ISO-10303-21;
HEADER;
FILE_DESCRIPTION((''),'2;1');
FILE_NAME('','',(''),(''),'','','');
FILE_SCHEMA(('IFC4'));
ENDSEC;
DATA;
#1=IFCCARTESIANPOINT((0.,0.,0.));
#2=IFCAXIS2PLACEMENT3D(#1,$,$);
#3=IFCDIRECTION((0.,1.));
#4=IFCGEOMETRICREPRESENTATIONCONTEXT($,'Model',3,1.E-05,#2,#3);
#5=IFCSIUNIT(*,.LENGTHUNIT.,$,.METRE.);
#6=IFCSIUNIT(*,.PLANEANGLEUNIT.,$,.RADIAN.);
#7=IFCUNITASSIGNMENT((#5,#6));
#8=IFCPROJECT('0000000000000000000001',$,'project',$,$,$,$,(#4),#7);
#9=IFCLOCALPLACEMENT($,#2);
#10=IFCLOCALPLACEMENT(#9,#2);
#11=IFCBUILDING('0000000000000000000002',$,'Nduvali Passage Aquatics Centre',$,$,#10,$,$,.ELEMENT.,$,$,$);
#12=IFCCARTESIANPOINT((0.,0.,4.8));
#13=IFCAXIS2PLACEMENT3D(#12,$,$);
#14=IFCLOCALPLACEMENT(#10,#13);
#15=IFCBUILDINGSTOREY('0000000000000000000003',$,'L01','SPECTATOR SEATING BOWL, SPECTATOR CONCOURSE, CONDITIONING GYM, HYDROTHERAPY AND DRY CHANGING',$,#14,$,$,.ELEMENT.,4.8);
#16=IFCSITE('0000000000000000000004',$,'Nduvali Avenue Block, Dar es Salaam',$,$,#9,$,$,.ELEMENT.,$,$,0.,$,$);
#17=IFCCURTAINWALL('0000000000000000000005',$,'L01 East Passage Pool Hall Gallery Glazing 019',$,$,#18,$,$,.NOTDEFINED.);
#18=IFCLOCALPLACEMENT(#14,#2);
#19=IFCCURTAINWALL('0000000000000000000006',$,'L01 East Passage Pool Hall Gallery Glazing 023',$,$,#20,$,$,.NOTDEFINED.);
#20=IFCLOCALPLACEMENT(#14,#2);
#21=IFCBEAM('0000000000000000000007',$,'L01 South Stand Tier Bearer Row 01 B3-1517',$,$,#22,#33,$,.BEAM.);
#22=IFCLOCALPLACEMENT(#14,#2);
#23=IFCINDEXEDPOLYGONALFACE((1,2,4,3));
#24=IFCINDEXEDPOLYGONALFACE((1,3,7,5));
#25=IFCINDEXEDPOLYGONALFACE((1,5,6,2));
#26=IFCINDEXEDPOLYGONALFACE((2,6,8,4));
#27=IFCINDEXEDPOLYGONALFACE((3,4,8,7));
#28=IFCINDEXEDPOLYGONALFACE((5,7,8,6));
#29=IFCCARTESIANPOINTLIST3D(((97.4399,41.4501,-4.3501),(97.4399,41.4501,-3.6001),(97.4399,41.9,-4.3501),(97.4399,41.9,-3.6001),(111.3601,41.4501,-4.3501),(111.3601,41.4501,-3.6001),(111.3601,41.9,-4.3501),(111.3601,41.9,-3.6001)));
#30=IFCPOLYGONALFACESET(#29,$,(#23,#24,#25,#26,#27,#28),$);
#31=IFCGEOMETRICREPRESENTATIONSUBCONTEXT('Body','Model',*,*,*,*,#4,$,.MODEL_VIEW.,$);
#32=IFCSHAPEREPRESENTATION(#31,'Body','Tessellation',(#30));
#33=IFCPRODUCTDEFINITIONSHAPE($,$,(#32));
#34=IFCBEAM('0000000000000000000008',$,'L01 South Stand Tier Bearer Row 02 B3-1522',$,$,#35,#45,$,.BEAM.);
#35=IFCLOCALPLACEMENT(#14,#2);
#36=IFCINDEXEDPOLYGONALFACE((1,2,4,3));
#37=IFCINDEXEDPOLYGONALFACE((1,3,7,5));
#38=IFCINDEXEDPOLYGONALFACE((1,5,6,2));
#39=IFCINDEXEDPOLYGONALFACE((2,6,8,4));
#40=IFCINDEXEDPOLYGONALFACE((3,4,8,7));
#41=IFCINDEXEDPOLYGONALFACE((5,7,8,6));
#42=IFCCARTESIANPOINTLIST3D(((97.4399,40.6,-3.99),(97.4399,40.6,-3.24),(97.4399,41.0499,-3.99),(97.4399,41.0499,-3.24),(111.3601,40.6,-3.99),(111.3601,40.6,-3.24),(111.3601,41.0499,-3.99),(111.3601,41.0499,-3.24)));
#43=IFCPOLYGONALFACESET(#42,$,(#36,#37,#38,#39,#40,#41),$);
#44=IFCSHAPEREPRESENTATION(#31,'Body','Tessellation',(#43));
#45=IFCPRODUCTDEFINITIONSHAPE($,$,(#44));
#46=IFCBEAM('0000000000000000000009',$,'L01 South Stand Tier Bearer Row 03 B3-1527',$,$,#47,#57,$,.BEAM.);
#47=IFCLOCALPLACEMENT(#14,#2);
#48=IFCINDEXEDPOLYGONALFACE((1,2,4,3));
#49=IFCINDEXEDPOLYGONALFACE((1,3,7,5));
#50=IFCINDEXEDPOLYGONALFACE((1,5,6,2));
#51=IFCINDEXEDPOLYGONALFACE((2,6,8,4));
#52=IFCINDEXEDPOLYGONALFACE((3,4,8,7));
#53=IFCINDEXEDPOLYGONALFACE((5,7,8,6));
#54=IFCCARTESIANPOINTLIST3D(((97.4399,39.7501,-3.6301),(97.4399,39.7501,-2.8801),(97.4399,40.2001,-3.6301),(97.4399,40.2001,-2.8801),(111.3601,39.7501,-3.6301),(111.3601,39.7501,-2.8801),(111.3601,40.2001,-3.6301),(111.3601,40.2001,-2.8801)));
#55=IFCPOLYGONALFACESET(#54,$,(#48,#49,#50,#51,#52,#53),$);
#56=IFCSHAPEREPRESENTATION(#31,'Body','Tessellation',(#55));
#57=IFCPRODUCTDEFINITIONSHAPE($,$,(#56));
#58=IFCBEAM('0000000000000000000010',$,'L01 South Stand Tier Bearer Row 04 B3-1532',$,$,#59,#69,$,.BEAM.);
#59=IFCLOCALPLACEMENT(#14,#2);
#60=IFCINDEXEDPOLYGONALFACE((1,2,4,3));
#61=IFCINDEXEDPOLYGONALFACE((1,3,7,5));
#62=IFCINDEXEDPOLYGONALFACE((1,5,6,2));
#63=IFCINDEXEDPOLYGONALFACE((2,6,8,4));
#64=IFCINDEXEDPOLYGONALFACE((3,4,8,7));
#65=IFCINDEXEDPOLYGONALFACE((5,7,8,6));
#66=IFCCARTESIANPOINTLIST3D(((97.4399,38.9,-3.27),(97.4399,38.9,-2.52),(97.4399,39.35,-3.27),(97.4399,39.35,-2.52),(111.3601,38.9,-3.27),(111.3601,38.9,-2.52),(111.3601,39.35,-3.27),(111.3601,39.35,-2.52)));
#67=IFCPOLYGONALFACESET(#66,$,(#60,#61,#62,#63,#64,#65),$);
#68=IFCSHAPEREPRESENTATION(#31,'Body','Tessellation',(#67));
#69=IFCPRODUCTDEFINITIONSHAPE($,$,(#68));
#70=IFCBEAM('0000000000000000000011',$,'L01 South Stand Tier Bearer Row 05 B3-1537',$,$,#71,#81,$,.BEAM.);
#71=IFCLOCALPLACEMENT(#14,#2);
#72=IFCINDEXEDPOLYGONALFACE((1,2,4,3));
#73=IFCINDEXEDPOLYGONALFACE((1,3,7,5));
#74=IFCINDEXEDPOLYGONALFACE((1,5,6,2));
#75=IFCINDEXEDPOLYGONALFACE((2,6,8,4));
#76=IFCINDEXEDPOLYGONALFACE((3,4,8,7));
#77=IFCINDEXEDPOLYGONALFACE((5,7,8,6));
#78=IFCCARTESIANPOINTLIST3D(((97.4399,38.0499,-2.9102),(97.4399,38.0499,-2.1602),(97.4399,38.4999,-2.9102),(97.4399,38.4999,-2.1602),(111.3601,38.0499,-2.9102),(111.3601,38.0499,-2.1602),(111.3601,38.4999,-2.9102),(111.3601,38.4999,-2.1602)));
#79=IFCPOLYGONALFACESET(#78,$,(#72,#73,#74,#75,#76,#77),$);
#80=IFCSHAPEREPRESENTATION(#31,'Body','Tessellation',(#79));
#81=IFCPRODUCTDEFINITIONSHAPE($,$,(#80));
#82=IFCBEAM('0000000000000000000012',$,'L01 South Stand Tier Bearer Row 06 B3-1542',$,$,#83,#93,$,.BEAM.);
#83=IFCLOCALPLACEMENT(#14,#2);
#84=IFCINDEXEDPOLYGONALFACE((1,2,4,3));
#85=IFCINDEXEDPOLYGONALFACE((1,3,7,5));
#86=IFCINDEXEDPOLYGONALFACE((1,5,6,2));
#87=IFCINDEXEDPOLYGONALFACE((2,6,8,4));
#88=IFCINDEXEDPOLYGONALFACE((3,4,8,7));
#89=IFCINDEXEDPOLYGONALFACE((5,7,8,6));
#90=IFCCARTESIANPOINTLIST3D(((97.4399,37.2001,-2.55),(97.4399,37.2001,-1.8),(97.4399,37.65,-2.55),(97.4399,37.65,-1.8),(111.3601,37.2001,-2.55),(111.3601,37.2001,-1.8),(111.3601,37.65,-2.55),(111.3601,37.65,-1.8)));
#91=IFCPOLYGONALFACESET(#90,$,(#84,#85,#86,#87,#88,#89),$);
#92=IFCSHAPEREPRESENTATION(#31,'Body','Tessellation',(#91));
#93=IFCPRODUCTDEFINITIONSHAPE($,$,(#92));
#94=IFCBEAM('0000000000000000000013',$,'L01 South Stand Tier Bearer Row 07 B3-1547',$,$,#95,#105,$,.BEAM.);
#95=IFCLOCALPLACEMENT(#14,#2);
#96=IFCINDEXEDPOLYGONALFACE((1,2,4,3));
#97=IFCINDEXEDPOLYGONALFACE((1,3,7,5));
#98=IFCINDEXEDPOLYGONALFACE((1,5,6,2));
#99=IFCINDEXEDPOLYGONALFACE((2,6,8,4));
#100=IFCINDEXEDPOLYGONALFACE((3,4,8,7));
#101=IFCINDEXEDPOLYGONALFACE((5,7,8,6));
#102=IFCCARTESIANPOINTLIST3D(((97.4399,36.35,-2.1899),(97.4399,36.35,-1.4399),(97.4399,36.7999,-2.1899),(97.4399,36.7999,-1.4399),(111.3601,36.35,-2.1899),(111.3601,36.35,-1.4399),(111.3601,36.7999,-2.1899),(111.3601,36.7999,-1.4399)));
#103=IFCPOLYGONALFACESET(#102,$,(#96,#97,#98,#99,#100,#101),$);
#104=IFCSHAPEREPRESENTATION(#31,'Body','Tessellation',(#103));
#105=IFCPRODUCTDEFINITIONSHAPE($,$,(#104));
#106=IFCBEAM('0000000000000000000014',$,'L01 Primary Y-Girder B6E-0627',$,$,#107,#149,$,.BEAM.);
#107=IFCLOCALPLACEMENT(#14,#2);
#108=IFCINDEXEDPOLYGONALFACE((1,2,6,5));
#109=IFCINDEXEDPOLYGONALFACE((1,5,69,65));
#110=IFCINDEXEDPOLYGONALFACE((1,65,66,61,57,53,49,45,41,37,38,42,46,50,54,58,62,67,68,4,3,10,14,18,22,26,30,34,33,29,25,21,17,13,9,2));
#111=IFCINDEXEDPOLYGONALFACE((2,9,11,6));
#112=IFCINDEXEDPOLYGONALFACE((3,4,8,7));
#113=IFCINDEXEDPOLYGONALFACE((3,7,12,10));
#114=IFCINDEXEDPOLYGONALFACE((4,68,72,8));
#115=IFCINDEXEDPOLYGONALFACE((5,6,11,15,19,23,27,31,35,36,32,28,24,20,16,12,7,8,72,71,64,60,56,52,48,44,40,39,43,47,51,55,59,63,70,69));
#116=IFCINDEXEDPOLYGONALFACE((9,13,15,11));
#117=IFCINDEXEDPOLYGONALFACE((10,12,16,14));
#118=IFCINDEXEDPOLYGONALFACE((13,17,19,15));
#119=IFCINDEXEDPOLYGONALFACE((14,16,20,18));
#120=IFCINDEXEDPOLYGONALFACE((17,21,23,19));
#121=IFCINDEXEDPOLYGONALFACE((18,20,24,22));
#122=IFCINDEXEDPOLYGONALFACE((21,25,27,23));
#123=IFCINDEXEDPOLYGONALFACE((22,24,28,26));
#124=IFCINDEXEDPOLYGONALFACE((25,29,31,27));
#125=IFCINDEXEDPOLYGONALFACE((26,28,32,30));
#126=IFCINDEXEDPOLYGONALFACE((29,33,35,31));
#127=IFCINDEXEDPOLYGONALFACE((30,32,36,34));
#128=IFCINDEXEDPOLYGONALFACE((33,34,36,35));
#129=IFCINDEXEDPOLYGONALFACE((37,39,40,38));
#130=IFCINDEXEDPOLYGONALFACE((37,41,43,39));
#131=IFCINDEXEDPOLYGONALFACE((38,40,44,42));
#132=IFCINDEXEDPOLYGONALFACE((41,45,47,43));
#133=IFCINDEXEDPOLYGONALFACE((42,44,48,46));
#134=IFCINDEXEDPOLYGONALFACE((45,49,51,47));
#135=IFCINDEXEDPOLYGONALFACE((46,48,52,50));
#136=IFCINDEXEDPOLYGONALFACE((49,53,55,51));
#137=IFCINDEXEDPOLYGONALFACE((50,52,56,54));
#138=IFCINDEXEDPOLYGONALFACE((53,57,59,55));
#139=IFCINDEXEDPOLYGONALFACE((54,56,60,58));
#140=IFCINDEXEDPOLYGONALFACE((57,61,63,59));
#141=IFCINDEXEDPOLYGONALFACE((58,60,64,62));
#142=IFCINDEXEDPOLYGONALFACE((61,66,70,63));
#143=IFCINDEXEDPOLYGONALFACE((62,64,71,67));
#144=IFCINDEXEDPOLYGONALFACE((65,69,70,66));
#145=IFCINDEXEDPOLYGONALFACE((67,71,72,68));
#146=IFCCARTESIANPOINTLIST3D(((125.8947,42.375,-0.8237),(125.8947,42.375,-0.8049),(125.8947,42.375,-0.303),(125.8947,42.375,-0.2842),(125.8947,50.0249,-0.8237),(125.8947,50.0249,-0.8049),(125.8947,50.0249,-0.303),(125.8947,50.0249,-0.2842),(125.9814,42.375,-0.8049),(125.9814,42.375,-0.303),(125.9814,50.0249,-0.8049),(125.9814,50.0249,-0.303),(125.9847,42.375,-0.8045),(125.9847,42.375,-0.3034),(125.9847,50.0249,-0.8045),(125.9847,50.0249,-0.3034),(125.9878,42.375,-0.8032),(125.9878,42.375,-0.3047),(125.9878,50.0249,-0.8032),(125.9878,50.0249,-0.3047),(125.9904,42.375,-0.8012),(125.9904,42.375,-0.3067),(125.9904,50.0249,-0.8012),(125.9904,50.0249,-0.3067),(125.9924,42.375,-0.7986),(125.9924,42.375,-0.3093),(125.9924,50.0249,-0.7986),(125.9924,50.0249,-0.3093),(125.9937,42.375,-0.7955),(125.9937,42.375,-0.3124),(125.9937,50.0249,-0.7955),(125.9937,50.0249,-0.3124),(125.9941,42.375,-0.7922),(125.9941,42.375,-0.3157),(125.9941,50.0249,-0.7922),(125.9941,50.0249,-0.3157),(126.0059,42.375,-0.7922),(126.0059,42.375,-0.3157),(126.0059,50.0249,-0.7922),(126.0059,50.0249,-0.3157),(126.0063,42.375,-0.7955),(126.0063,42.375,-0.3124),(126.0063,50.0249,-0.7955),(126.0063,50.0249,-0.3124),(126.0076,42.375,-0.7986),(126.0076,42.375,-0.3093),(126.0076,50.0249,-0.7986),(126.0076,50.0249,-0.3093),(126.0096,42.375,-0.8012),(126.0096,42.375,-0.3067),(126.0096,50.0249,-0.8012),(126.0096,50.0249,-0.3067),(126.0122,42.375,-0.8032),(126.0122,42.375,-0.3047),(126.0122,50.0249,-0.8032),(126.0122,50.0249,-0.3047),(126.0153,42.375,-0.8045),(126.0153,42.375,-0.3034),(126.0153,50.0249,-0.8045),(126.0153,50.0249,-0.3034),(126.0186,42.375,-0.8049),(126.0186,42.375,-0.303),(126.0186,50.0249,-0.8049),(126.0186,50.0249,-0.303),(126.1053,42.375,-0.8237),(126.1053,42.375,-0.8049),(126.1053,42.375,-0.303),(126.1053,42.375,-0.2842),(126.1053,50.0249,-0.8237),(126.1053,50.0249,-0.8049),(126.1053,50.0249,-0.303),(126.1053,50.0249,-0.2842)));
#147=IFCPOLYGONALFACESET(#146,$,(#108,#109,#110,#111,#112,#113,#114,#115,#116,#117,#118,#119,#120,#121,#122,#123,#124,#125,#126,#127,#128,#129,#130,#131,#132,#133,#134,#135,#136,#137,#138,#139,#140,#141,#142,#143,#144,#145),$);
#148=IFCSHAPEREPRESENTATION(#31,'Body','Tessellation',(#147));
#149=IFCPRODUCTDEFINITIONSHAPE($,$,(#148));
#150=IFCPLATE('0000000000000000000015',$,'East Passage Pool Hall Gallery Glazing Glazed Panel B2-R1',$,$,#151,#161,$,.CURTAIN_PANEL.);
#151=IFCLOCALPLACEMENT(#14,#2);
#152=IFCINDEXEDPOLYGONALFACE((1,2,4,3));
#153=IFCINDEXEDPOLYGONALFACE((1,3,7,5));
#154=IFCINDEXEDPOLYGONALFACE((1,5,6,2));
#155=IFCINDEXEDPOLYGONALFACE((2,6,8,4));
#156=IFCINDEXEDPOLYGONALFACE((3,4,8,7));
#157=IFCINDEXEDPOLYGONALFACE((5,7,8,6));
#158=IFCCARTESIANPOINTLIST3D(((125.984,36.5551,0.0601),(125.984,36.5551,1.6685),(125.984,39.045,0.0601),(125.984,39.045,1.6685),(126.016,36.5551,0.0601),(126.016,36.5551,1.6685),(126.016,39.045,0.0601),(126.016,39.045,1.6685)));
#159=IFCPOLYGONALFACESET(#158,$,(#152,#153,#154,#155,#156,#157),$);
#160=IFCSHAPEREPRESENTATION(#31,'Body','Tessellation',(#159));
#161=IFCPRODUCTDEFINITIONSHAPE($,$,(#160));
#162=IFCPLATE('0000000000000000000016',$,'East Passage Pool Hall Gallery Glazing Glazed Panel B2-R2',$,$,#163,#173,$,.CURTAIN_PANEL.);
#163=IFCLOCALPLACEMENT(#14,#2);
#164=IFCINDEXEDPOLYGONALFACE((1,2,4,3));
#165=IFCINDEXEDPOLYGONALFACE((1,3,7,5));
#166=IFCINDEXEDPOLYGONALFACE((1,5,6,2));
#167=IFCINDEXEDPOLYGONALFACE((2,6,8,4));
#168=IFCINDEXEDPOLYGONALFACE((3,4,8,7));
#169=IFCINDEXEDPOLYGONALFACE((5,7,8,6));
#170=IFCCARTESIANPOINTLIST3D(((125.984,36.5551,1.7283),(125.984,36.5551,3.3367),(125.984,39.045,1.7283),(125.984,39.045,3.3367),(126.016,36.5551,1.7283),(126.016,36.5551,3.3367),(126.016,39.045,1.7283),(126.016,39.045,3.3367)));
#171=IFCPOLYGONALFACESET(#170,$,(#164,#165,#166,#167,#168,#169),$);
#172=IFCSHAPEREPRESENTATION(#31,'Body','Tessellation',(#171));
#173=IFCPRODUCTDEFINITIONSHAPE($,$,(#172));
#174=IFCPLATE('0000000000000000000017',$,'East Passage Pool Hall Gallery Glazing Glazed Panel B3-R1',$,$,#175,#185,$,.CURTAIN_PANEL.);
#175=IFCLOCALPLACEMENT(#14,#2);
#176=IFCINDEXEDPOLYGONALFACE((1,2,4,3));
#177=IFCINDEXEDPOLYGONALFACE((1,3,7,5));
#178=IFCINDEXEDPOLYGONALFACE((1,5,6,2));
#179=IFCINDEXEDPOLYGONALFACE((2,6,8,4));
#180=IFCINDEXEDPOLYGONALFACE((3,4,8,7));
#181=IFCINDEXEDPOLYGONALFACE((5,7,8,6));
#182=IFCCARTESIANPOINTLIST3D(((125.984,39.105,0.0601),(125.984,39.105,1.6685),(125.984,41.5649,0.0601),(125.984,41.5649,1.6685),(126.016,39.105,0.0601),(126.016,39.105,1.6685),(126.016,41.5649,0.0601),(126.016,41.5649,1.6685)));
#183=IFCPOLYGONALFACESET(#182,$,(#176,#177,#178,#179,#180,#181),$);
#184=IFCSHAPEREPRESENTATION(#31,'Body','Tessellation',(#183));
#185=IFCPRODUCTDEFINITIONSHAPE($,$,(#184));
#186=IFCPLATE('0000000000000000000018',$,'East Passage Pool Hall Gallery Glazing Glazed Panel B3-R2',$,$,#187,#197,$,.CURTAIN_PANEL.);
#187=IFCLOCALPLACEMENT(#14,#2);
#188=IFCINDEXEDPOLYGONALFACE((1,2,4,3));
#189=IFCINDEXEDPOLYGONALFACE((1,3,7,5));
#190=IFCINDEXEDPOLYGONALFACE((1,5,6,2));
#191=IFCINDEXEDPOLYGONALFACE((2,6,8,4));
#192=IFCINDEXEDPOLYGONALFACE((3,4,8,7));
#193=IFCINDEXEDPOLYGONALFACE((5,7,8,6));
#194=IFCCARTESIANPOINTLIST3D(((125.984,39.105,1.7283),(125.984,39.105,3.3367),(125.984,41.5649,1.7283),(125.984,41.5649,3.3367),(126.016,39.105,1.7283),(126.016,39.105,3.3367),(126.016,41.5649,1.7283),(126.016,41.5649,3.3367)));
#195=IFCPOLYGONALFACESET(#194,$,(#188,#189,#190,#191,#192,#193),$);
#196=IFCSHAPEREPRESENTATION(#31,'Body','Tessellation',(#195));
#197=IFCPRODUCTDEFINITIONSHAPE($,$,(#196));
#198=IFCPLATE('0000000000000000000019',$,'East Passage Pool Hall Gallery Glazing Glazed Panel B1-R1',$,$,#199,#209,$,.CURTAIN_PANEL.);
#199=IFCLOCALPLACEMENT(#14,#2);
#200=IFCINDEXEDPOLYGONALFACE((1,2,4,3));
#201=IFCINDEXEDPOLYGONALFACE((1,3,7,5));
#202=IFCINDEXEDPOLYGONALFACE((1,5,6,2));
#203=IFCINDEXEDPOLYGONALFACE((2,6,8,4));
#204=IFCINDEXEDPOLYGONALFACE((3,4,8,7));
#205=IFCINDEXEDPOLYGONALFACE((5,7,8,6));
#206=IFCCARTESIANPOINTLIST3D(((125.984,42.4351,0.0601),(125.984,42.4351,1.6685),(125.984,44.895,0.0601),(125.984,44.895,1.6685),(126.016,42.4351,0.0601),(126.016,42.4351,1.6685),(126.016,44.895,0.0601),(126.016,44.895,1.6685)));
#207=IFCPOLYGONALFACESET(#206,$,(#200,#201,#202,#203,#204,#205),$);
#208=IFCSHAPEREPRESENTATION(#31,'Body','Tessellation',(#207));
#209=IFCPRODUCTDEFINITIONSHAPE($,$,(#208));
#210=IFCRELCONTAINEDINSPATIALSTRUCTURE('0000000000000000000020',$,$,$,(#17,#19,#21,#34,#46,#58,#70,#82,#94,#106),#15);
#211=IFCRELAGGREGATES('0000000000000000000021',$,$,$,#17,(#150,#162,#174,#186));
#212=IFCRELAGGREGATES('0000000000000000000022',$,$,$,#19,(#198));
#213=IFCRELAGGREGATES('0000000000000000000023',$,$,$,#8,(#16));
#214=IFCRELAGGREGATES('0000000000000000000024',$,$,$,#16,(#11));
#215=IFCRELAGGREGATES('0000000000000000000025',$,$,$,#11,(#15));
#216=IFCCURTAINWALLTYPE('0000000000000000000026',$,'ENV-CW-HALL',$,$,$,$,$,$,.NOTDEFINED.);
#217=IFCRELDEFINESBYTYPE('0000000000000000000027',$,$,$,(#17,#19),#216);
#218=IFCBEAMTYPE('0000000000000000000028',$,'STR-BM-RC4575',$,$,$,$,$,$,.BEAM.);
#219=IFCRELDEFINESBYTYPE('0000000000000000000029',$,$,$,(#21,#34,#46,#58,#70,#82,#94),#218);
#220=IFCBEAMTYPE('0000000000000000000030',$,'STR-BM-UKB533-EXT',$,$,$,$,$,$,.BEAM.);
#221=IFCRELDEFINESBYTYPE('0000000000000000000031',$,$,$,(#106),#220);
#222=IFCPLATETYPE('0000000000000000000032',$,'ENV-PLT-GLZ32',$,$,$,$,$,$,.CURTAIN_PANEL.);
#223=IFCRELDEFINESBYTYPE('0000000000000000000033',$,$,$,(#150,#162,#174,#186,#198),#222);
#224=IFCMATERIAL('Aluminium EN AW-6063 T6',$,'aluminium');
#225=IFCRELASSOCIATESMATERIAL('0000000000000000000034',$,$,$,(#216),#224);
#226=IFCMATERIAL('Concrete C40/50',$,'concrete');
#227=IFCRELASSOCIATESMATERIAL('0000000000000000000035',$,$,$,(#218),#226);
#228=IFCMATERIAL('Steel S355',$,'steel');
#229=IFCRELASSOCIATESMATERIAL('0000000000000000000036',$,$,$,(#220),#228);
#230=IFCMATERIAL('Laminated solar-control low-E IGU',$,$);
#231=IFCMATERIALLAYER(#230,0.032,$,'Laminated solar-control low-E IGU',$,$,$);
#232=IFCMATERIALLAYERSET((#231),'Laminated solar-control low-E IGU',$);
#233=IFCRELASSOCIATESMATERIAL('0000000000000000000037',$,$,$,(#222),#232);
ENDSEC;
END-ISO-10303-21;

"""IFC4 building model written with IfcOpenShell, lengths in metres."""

from ifc_helpers import new_model, si_unit, direction, frame, origin, origin_2d, place, context, subcontext, project, spatial, rectangle, i_section, extrude, material, layer, layer_set, material_profile, profile_set, type_object, element, aggregate, save


model = new_model("IFC4")

# Units and contexts
model_context = context("Model", 3, precision=1e-05, world=origin(), true_north=direction((0.0, 1.0)))
body_context = subcontext(model_context, "Body", "Model", "MODEL_VIEW")
ifc_project = project(units=[si_unit("LENGTHUNIT", "METRE"), si_unit("PLANEANGLEUNIT", "RADIAN")], contexts=[model_context])

# Site, building, storey
site_placement = place(None, origin())
site = spatial("IfcSite", under=ifc_project, at=site_placement, Name="Nduvali Avenue Block, Dar es Salaam", CompositionType="ELEMENT", RefElevation=0.0)
building_placement = place(site_placement, origin())
building = spatial("IfcBuilding", under=site, at=building_placement, Name="Nduvali Passage Aquatics Centre", CompositionType="ELEMENT")
storey_placement = place(building_placement, frame((0.0, 0.0, 4.8)))
storey = spatial("IfcBuildingStorey", under=building, at=storey_placement, Name="L01", Description="SPECTATOR SEATING BOWL, SPECTATOR CONCOURSE, CONDITIONING GYM, HYDROTHERAPY AND DRY CHANGING", CompositionType="ELEMENT", Elevation=4.8)

# Shared definitions
ifc_material_1 = material(Name="Concrete C40/50", Category="concrete")

# Curtain walls
ifc_material_2 = material(Name="Aluminium EN AW-6063 T6", Category="aluminium")
curtain_wall_type = type_object("IfcCurtainWallType", Name="ENV-CW-HALL", PredefinedType="NOTDEFINED", material=ifc_material_2)
curtain_wall_1_placement = place(storey_placement, origin())
curtain_wall_1 = element("IfcCurtainWall", 1, at=curtain_wall_1_placement, inside=storey, type_object=curtain_wall_type, Name="L01 East Passage Pool Hall Gallery Glazing 019", PredefinedType="NOTDEFINED")
curtain_wall_2_placement = place(storey_placement, origin())
curtain_wall_2 = element("IfcCurtainWall", 2, at=curtain_wall_2_placement, inside=storey, type_object=curtain_wall_type, Name="L01 East Passage Pool Hall Gallery Glazing 023", PredefinedType="NOTDEFINED")

# Beams
ifc_material_profile_1 = material_profile(ifc_material_1, rectangle(XDim=0.45, YDim=0.75, at=origin_2d()), Name="RC 450x750")
ifc_profile_set_1 = profile_set([ifc_material_profile_1], Name="Concrete C40/50")
beam_type_1 = type_object("IfcBeamType", Name="STR-BM-RC4575", PredefinedType="BEAM", material=ifc_profile_set_1)
for number, where, z_axis, x_axis, name in (
    (3, (97.4399, 41.675, -3.9751), (1.0, 0.0, 0.0), (0.0, 1.0, 0.0), "L01 South Stand Tier Bearer Row 01 B3-1517"),
    (4, (97.4399, 40.825, -3.615), (1.0, 0.0, 0.0), (0.0, 1.0, 0.0), "L01 South Stand Tier Bearer Row 02 B3-1522"),
    (5, (97.4399, 39.9751, -3.2551), (1.0, 0.0, 0.0), (0.0, 1.0, 0.0), "L01 South Stand Tier Bearer Row 03 B3-1527"),
    (6, (97.4399, 39.125, -2.895), (1.0, 0.0, 0.0), (0.0, 1.0, 0.0), "L01 South Stand Tier Bearer Row 04 B3-1532"),
    (7, (97.4399, 38.2749, -2.5352), (1.0, 0.0, 0.0), (0.0, 1.0, 0.0), "L01 South Stand Tier Bearer Row 05 B3-1537"),
    (8, (97.4399, 37.425, -2.175), (1.0, 0.0, 0.0), (0.0, 1.0, 0.0), "L01 South Stand Tier Bearer Row 06 B3-1542"),
    (9, (97.4399, 36.575, -1.8149), (1.0, 0.0, 0.0), (0.0, 1.0, 0.0), "L01 South Stand Tier Bearer Row 07 B3-1547"),
):
    element("IfcBeam", number, at=place(storey_placement, frame(where, z_axis=z_axis, x_axis=x_axis)), inside=storey, type_object=beam_type_1, Name=name, PredefinedType="BEAM", context=body_context, shape_type="SweptSolid", body=[
        extrude(rectangle(XDim=0.45, YDim=0.75, at=origin_2d()), origin(), (0.0, 0.0, 1.0), 13.9202),
    ])
ifc_material_3 = material(Name="Steel S355", Category="steel")
ifc_material_profile_2 = material_profile(ifc_material_3, i_section(OverallWidth=0.2107, OverallDepth=0.5396, WebThickness=0.0117, FlangeThickness=0.0188, FilletRadius=0.0127, at=origin_2d()), Name="UKB 533x210x109")
ifc_profile_set_2 = profile_set([ifc_material_profile_2], Name="Steel S355")
beam_type_2 = type_object("IfcBeamType", Name="STR-BM-UKB533-EXT", PredefinedType="BEAM", material=ifc_profile_set_2)
beam_placement = place(storey_placement, frame((126.0, 42.375, -0.554), z_axis=(0.0, 1.0, 0.0), x_axis=(-1.0, 0.0, 0.0)))
element("IfcBeam", 10, at=beam_placement, inside=storey, type_object=beam_type_2, Name="L01 Primary Y-Girder B6E-0627", PredefinedType="BEAM", context=body_context, shape_type="SweptSolid", body=[
    extrude(i_section(OverallWidth=0.2107, OverallDepth=0.5396, WebThickness=0.0117, FlangeThickness=0.0188, FilletRadius=0.0127, at=origin_2d()), origin(), (0.0, 0.0, 1.0), 7.6499),
])

# Plates
ifc_material_4 = material(Name="Laminated solar-control low-E IGU")
ifc_layer = layer(ifc_material_4, 0.032, Name="Laminated solar-control low-E IGU")
ifc_layer_set = layer_set([ifc_layer], Name="Laminated solar-control low-E IGU")
plate_type = type_object("IfcPlateType", Name="ENV-PLT-GLZ32", PredefinedType="CURTAIN_PANEL", material=ifc_layer_set)
plate_1_placement = place(storey_placement, frame((126.0, 37.8, 0.0601), z_axis=(0.0, 0.0, 1.0), x_axis=(0.0, 1.0, 0.0)))
plate_1 = element("IfcPlate", 11, at=plate_1_placement, type_object=plate_type, Name="East Passage Pool Hall Gallery Glazing Glazed Panel B2-R1", PredefinedType="CURTAIN_PANEL", context=body_context, shape_type="SweptSolid", body=[
    extrude(rectangle(XDim=2.49, YDim=0.032, at=origin_2d()), origin(), (0.0, 0.0, 1.0), 1.6084),
])
plate_2_placement = place(storey_placement, frame((126.0, 37.8, 1.7283), z_axis=(0.0, 0.0, 1.0), x_axis=(0.0, 1.0, 0.0)))
plate_2 = element("IfcPlate", 12, at=plate_2_placement, type_object=plate_type, Name="East Passage Pool Hall Gallery Glazing Glazed Panel B2-R2", PredefinedType="CURTAIN_PANEL", context=body_context, shape_type="SweptSolid", body=[
    extrude(rectangle(XDim=2.49, YDim=0.032, at=origin_2d()), origin(), (0.0, 0.0, 1.0), 1.6084),
])
plate_3_placement = place(storey_placement, frame((126.0, 40.335, 0.0601), z_axis=(0.0, 0.0, 1.0), x_axis=(0.0, 1.0, 0.0)))
plate_3 = element("IfcPlate", 13, at=plate_3_placement, type_object=plate_type, Name="East Passage Pool Hall Gallery Glazing Glazed Panel B3-R1", PredefinedType="CURTAIN_PANEL", context=body_context, shape_type="SweptSolid", body=[
    extrude(rectangle(XDim=2.46, YDim=0.032, at=origin_2d()), origin(), (0.0, 0.0, 1.0), 1.6084),
])
plate_4_placement = place(storey_placement, frame((126.0, 40.335, 1.7283), z_axis=(0.0, 0.0, 1.0), x_axis=(0.0, 1.0, 0.0)))
plate_4 = element("IfcPlate", 14, at=plate_4_placement, type_object=plate_type, Name="East Passage Pool Hall Gallery Glazing Glazed Panel B3-R2", PredefinedType="CURTAIN_PANEL", context=body_context, shape_type="SweptSolid", body=[
    extrude(rectangle(XDim=2.46, YDim=0.032, at=origin_2d()), origin(), (0.0, 0.0, 1.0), 1.6084),
])
aggregate(curtain_wall_1, [plate_1, plate_2, plate_3, plate_4])
plate_5_placement = place(storey_placement, frame((126.0, 43.665, 0.0601), z_axis=(0.0, 0.0, 1.0), x_axis=(0.0, 1.0, 0.0)))
plate_5 = element("IfcPlate", 15, at=plate_5_placement, type_object=plate_type, Name="East Passage Pool Hall Gallery Glazing Glazed Panel B1-R1", PredefinedType="CURTAIN_PANEL", context=body_context, shape_type="SweptSolid", body=[
    extrude(rectangle(XDim=2.46, YDim=0.032, at=origin_2d()), origin(), (0.0, 0.0, 1.0), 1.6084),
])
aggregate(curtain_wall_2, [plate_5])

save(model, "model.ifc")
